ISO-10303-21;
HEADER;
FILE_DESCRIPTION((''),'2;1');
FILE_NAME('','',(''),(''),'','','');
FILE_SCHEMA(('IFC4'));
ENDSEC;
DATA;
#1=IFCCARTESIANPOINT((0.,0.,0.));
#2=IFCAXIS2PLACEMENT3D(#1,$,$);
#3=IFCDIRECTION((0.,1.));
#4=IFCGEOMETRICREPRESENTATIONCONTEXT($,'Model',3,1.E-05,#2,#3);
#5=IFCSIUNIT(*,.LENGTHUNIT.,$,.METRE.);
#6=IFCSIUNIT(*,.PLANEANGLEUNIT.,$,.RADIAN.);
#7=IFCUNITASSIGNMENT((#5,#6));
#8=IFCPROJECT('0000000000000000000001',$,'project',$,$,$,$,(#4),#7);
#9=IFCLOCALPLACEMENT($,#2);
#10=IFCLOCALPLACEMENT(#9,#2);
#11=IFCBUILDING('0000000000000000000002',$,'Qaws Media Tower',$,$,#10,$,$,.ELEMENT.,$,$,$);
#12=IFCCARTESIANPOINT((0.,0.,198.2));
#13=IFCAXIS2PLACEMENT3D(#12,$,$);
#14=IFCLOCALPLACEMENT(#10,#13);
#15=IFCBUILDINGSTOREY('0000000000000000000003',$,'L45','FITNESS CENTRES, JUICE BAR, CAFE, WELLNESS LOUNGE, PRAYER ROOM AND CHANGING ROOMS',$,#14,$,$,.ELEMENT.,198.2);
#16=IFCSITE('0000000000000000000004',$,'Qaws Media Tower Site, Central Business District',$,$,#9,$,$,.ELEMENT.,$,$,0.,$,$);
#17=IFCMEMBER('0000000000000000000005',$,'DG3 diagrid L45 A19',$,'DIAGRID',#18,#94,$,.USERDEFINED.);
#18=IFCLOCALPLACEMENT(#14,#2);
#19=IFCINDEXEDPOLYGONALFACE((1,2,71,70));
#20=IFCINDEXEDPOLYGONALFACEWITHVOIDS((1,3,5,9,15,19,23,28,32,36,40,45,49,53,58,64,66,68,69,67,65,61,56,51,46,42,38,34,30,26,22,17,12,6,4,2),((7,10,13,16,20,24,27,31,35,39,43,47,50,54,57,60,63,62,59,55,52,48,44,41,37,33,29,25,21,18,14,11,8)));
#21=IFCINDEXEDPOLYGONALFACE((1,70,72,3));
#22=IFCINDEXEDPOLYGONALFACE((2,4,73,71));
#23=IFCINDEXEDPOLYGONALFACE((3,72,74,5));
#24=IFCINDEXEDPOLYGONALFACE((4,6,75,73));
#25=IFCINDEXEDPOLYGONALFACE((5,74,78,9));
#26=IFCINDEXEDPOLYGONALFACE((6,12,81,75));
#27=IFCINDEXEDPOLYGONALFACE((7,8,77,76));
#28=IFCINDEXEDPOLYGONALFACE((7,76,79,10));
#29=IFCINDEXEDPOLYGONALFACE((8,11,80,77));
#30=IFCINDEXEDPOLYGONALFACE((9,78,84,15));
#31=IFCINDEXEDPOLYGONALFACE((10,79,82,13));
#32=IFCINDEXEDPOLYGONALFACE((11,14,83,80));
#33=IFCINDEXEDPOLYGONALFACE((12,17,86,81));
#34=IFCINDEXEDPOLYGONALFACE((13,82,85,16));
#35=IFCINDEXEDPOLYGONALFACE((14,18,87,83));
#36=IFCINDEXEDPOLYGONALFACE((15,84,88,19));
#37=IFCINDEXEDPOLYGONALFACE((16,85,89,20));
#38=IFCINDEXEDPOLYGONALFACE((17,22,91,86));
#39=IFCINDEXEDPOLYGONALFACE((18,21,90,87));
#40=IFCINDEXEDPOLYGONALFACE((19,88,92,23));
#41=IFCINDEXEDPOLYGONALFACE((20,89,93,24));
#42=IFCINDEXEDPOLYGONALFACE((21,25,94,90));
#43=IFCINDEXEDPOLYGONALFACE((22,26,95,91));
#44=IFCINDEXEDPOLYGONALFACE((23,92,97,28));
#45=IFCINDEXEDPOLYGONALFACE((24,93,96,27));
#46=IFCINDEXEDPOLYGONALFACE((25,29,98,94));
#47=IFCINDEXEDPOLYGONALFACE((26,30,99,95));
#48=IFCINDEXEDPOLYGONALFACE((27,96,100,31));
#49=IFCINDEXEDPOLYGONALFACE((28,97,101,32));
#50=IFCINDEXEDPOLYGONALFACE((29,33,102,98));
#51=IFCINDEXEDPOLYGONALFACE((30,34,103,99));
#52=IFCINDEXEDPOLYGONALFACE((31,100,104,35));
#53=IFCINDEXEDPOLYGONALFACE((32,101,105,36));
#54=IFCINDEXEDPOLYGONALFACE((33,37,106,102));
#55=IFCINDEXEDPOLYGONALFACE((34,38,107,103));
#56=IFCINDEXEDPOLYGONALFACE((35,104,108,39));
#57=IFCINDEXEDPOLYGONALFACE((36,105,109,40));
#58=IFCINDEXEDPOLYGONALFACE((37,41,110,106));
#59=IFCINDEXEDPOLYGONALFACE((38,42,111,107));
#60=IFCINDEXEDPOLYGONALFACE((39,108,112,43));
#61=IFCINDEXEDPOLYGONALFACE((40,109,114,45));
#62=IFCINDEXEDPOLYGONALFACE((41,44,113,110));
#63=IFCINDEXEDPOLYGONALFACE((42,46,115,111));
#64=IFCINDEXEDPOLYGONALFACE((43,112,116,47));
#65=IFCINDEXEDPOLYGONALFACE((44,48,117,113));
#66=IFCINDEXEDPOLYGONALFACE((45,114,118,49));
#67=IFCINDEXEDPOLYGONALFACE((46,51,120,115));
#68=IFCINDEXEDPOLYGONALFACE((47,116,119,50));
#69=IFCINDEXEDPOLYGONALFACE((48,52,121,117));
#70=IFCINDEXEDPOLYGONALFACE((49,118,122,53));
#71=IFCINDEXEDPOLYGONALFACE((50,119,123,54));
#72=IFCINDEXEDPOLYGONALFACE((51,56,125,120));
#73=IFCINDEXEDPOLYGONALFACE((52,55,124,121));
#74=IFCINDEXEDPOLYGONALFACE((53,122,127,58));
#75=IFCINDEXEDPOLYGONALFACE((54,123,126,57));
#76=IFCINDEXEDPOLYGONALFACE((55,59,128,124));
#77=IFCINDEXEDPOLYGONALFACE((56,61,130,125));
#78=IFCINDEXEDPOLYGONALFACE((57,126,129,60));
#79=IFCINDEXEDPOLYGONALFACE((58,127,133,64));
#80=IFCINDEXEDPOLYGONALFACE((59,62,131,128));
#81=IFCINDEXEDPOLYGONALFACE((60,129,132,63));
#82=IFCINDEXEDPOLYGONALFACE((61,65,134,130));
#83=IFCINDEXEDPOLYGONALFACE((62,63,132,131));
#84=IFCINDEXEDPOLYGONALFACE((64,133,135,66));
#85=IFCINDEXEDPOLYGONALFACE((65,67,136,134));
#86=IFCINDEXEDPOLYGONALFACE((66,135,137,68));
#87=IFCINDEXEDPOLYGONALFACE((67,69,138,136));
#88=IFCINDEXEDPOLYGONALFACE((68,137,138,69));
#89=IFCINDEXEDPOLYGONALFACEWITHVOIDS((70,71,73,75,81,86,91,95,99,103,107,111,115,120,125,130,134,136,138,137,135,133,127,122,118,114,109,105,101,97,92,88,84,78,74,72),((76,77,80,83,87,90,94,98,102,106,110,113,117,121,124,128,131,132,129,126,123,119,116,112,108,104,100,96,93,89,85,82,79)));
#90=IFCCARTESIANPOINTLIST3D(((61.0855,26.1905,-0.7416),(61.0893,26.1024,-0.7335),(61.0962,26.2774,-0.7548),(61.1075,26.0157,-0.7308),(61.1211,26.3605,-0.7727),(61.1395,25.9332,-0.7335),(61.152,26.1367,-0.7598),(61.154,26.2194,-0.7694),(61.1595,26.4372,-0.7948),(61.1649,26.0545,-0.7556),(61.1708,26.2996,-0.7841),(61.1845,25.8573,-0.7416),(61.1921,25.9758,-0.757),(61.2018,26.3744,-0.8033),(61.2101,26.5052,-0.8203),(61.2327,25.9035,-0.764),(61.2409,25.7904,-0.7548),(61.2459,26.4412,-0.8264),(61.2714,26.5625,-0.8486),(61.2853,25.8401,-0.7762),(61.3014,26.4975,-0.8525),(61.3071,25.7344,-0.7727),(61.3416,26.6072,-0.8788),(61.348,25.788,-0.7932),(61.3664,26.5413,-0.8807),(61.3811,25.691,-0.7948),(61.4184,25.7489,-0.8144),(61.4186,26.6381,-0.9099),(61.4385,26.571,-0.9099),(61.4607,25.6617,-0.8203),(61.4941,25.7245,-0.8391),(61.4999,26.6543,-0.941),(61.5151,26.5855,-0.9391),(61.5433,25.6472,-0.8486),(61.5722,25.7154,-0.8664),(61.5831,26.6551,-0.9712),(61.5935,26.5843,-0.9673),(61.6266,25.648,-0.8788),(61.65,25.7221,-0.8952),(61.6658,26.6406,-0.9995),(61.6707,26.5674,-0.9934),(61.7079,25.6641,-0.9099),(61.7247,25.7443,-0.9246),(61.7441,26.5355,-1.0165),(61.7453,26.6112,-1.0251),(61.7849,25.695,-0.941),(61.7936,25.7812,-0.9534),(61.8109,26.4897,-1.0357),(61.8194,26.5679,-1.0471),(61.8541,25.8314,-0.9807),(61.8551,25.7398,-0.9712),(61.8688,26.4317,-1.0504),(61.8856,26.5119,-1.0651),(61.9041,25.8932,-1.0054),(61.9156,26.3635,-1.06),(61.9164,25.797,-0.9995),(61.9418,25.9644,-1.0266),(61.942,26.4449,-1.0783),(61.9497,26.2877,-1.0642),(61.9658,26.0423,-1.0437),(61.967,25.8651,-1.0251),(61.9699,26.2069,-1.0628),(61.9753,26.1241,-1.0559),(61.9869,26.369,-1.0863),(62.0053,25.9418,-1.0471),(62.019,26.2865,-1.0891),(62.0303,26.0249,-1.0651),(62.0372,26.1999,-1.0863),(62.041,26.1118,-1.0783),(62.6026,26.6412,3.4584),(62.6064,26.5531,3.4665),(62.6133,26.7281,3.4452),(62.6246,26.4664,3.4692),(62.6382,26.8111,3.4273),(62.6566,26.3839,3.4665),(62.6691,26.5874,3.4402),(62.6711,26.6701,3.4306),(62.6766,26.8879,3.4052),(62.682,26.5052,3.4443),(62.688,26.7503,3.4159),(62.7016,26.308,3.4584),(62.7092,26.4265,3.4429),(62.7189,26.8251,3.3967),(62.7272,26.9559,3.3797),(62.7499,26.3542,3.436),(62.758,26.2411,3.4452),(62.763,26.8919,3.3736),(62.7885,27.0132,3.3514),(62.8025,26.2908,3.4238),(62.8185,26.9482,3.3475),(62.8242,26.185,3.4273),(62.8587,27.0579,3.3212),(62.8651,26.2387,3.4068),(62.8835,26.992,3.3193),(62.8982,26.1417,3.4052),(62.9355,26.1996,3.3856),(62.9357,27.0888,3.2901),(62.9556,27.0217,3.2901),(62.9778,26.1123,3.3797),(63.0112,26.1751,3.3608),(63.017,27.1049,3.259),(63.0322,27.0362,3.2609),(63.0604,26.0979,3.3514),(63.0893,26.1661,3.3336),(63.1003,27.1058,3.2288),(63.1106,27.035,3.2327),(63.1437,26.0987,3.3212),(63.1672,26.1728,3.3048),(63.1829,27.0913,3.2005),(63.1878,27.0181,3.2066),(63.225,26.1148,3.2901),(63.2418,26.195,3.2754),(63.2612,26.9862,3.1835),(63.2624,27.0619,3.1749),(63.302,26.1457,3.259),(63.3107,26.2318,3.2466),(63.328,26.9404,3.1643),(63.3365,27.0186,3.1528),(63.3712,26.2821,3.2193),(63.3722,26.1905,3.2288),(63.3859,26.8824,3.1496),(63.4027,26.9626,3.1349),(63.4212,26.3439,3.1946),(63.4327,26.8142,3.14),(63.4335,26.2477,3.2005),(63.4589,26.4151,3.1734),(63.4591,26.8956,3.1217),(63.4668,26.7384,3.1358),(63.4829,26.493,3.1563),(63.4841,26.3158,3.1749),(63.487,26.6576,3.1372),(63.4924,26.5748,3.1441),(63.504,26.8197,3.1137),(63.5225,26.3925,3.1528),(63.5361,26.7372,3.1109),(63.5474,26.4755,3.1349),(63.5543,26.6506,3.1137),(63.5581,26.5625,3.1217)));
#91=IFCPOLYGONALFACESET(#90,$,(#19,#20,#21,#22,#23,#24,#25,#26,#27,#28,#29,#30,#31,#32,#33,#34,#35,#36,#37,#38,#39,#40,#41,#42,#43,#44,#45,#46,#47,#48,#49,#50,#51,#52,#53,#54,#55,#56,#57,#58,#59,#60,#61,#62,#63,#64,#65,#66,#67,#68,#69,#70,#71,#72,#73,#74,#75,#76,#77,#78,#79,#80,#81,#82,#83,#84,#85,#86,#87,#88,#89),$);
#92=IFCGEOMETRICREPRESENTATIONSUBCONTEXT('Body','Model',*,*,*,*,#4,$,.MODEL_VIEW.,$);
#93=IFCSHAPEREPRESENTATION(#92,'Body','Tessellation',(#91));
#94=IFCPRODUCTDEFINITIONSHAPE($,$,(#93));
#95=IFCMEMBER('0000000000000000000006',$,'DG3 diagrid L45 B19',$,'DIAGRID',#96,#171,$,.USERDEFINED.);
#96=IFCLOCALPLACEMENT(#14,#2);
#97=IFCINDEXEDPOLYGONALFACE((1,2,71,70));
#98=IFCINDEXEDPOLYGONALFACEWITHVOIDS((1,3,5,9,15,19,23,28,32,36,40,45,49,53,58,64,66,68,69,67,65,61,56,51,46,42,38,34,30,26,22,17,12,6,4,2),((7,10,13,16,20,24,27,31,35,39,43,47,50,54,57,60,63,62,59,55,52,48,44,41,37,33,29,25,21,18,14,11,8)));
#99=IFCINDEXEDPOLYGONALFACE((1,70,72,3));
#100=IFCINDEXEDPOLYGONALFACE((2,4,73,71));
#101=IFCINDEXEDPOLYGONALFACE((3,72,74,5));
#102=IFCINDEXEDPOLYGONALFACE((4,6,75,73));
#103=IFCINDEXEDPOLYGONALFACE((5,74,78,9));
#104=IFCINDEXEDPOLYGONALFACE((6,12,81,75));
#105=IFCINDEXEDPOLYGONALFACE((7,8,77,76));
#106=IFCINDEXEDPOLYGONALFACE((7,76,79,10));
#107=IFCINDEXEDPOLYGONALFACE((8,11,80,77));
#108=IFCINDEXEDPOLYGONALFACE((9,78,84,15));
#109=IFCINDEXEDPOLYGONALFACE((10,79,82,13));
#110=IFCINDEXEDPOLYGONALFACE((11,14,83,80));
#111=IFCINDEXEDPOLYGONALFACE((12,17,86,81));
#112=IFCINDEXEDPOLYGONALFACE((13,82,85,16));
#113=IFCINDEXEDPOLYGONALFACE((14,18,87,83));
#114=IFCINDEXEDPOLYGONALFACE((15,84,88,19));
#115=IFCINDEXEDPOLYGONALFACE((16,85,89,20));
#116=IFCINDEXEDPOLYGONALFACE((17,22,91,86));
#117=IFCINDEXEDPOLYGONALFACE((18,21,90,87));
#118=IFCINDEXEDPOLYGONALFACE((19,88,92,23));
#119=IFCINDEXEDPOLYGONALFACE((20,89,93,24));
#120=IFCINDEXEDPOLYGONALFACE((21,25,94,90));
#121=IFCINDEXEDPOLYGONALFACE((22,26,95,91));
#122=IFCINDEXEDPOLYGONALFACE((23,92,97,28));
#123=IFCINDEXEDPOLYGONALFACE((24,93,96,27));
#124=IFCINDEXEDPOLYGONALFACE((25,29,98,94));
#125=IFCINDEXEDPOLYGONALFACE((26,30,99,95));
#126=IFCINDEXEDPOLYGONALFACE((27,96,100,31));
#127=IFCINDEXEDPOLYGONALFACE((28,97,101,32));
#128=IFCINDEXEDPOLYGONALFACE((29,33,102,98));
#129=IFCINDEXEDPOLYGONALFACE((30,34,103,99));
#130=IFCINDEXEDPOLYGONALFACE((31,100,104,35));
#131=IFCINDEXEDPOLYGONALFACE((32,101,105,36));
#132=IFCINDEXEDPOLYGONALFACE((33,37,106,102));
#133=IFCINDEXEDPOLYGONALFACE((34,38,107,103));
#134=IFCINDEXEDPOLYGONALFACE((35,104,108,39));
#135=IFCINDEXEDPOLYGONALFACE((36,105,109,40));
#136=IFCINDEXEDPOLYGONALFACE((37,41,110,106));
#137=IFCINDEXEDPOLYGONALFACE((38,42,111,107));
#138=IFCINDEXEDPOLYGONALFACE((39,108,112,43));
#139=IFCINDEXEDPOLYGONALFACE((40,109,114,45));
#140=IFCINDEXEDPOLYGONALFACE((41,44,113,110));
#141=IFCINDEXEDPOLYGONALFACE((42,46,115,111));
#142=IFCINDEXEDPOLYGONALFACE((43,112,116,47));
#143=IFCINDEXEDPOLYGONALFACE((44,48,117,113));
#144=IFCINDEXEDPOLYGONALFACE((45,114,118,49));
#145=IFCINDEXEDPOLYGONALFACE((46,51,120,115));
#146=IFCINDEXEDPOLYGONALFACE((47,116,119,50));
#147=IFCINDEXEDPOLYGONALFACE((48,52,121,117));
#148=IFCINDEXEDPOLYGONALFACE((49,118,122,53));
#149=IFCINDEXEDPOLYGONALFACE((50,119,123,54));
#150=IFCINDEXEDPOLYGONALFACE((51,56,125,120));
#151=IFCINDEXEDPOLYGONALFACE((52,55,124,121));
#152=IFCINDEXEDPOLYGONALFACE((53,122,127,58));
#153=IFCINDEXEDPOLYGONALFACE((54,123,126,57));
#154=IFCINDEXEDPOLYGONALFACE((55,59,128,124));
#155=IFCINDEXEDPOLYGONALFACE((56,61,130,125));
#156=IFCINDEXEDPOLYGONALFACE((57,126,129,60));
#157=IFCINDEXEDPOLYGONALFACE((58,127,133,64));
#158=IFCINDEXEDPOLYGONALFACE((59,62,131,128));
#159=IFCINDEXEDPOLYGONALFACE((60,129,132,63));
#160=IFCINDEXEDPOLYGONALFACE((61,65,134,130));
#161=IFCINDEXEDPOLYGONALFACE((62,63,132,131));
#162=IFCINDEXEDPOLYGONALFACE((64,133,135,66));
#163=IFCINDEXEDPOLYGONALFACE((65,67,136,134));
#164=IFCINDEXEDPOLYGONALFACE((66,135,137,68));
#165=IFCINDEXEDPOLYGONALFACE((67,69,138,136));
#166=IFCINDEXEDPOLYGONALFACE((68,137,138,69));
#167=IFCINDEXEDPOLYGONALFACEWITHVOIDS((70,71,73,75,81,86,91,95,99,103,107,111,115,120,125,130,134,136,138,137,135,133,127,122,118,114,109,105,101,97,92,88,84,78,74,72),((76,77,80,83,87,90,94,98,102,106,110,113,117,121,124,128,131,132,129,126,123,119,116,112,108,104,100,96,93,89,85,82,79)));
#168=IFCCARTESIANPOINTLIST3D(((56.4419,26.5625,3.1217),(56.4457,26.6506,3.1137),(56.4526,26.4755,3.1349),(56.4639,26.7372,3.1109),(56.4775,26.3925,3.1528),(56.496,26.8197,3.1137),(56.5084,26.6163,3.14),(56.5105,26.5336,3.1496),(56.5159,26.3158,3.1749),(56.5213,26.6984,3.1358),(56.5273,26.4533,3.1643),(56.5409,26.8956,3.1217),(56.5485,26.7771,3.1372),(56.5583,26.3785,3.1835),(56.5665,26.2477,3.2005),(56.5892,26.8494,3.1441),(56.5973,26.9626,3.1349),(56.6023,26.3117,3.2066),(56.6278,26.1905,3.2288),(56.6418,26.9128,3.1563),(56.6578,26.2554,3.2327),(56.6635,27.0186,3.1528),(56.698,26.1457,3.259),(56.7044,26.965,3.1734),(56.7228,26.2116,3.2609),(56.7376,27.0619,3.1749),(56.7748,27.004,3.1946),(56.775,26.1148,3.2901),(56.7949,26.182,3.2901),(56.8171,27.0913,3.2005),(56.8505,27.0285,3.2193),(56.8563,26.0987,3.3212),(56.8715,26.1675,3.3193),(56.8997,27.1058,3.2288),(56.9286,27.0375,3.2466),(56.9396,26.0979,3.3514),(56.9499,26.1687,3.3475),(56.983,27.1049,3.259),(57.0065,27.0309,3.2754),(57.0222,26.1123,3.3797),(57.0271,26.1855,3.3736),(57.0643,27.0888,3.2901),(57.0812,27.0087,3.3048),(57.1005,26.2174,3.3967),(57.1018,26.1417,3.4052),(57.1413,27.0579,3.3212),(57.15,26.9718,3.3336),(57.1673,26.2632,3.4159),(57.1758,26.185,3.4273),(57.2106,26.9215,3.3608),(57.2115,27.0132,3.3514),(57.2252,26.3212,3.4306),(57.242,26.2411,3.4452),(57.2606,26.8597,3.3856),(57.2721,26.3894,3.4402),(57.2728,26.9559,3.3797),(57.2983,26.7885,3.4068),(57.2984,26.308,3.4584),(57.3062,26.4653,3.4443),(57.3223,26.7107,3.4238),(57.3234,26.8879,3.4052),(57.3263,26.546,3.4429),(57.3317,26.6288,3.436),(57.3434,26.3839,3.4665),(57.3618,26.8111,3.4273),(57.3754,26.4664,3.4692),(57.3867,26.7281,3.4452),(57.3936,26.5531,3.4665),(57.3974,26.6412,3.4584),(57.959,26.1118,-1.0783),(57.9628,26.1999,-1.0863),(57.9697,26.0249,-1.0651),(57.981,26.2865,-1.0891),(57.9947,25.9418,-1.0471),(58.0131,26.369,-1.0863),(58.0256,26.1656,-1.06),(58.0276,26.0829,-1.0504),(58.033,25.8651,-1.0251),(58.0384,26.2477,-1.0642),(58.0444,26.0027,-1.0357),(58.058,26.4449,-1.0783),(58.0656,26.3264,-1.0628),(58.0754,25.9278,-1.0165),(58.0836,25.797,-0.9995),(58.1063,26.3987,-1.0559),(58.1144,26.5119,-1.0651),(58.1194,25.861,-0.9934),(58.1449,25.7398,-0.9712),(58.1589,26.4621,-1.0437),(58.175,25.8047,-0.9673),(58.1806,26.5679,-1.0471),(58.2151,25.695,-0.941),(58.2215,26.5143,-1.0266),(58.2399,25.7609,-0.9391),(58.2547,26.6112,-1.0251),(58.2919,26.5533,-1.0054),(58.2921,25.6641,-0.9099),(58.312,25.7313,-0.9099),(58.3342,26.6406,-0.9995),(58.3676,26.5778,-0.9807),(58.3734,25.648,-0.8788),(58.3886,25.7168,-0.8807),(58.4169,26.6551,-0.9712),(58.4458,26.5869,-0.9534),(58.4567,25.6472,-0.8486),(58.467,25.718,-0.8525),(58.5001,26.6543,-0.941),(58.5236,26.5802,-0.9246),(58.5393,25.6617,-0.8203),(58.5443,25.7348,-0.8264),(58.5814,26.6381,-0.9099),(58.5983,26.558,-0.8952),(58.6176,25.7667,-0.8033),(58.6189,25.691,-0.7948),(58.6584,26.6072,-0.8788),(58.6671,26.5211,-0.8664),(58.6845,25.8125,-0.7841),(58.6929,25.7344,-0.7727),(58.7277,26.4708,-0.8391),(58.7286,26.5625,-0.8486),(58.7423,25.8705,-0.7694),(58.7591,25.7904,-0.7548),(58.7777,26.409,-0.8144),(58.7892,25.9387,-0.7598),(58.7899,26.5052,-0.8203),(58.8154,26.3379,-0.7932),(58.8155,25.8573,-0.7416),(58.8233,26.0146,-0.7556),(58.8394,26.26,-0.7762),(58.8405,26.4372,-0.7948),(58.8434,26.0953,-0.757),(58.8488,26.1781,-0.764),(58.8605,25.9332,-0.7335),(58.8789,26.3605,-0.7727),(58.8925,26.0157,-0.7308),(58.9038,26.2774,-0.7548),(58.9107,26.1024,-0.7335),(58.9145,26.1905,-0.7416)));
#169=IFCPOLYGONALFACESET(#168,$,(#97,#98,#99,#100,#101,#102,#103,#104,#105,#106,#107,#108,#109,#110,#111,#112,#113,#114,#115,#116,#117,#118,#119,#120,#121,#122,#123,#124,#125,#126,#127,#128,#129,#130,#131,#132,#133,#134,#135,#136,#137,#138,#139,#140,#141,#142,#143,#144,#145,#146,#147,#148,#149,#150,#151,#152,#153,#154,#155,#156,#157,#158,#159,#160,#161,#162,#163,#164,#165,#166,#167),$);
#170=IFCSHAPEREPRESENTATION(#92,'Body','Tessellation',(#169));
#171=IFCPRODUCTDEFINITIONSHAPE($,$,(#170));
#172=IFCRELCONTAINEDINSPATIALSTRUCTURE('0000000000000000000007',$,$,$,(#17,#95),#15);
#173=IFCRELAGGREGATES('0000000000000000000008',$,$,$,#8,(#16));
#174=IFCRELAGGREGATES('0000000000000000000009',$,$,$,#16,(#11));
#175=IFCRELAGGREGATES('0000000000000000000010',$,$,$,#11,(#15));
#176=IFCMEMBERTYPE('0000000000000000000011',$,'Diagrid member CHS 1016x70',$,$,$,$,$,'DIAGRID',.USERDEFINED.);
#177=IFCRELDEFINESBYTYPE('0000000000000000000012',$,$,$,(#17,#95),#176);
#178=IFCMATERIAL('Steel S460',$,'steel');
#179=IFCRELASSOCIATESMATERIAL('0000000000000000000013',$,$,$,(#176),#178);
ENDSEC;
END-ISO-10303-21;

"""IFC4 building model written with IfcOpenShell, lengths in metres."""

from ifc_helpers import new_model, si_unit, direction, frame, origin, origin_2d, place, context, subcontext, project, spatial, hollow_circle, extrude, material, material_profile, profile_set, type_object, element, save


model = new_model("IFC4")

# Units and contexts
model_context = context("Model", 3, precision=1e-05, world=origin(), true_north=direction((0.0, 1.0)))
body_context = subcontext(model_context, "Body", "Model", "MODEL_VIEW")
ifc_project = project(units=[si_unit("LENGTHUNIT", "METRE"), si_unit("PLANEANGLEUNIT", "RADIAN")], contexts=[model_context])

# Site, building, storey
site_placement = place(None, origin())
site = spatial("IfcSite", under=ifc_project, at=site_placement, Name="Qaws Media Tower Site, Central Business District", CompositionType="ELEMENT", RefElevation=0.0)
building_placement = place(site_placement, origin())
building = spatial("IfcBuilding", under=site, at=building_placement, Name="Qaws Media Tower", CompositionType="ELEMENT")
storey_placement = place(building_placement, frame((0.0, 0.0, 198.2)))
storey = spatial("IfcBuildingStorey", under=building, at=storey_placement, Name="L45", Description="FITNESS CENTRES, JUICE BAR, CAFE, WELLNESS LOUNGE, PRAYER ROOM AND CHANGING ROOMS", CompositionType="ELEMENT", Elevation=198.2)

# Members
ifc_material_1 = material(Name="Steel S460", Category="steel")
ifc_material_profile_1 = material_profile(ifc_material_1, hollow_circle(Radius=0.5081, WallThickness=0.0701, at=origin_2d()), Name="CHS 1016x70")
ifc_profile_set_1 = profile_set([ifc_material_profile_1], Name="Steel S460")
member_type_1 = type_object("IfcMemberType", Name="Diagrid member CHS 1016x70", ElementType="DIAGRID", PredefinedType="USERDEFINED", material=ifc_profile_set_1)
for number, where, z_axis, x_axis, name in (
    (1, (61.5632, 26.1511, -0.9099), (0.338015, 0.100414, 0.935769), (-0.284771, 0.958596, 0.0), "DG3 diagrid L45 A19"),
    (2, (58.4368, 26.1511, -0.9099), (-0.338015, 0.100414, 0.935769), (-0.284771, -0.958596, 0.0), "DG3 diagrid L45 B19"),
):
    element("IfcMember", number, at=place(storey_placement, frame(where, z_axis=z_axis, x_axis=x_axis)), inside=storey, type_object=member_type_1, Name=name, ObjectType="DIAGRID", PredefinedType="USERDEFINED", context=body_context, shape_type="SweptSolid", body=[
        extrude(hollow_circle(Radius=0.5081, WallThickness=0.0701, at=origin_2d()), origin(), (0.0, 0.0, 1.0), 4.4883),
    ])

save(model, "model.ifc")
